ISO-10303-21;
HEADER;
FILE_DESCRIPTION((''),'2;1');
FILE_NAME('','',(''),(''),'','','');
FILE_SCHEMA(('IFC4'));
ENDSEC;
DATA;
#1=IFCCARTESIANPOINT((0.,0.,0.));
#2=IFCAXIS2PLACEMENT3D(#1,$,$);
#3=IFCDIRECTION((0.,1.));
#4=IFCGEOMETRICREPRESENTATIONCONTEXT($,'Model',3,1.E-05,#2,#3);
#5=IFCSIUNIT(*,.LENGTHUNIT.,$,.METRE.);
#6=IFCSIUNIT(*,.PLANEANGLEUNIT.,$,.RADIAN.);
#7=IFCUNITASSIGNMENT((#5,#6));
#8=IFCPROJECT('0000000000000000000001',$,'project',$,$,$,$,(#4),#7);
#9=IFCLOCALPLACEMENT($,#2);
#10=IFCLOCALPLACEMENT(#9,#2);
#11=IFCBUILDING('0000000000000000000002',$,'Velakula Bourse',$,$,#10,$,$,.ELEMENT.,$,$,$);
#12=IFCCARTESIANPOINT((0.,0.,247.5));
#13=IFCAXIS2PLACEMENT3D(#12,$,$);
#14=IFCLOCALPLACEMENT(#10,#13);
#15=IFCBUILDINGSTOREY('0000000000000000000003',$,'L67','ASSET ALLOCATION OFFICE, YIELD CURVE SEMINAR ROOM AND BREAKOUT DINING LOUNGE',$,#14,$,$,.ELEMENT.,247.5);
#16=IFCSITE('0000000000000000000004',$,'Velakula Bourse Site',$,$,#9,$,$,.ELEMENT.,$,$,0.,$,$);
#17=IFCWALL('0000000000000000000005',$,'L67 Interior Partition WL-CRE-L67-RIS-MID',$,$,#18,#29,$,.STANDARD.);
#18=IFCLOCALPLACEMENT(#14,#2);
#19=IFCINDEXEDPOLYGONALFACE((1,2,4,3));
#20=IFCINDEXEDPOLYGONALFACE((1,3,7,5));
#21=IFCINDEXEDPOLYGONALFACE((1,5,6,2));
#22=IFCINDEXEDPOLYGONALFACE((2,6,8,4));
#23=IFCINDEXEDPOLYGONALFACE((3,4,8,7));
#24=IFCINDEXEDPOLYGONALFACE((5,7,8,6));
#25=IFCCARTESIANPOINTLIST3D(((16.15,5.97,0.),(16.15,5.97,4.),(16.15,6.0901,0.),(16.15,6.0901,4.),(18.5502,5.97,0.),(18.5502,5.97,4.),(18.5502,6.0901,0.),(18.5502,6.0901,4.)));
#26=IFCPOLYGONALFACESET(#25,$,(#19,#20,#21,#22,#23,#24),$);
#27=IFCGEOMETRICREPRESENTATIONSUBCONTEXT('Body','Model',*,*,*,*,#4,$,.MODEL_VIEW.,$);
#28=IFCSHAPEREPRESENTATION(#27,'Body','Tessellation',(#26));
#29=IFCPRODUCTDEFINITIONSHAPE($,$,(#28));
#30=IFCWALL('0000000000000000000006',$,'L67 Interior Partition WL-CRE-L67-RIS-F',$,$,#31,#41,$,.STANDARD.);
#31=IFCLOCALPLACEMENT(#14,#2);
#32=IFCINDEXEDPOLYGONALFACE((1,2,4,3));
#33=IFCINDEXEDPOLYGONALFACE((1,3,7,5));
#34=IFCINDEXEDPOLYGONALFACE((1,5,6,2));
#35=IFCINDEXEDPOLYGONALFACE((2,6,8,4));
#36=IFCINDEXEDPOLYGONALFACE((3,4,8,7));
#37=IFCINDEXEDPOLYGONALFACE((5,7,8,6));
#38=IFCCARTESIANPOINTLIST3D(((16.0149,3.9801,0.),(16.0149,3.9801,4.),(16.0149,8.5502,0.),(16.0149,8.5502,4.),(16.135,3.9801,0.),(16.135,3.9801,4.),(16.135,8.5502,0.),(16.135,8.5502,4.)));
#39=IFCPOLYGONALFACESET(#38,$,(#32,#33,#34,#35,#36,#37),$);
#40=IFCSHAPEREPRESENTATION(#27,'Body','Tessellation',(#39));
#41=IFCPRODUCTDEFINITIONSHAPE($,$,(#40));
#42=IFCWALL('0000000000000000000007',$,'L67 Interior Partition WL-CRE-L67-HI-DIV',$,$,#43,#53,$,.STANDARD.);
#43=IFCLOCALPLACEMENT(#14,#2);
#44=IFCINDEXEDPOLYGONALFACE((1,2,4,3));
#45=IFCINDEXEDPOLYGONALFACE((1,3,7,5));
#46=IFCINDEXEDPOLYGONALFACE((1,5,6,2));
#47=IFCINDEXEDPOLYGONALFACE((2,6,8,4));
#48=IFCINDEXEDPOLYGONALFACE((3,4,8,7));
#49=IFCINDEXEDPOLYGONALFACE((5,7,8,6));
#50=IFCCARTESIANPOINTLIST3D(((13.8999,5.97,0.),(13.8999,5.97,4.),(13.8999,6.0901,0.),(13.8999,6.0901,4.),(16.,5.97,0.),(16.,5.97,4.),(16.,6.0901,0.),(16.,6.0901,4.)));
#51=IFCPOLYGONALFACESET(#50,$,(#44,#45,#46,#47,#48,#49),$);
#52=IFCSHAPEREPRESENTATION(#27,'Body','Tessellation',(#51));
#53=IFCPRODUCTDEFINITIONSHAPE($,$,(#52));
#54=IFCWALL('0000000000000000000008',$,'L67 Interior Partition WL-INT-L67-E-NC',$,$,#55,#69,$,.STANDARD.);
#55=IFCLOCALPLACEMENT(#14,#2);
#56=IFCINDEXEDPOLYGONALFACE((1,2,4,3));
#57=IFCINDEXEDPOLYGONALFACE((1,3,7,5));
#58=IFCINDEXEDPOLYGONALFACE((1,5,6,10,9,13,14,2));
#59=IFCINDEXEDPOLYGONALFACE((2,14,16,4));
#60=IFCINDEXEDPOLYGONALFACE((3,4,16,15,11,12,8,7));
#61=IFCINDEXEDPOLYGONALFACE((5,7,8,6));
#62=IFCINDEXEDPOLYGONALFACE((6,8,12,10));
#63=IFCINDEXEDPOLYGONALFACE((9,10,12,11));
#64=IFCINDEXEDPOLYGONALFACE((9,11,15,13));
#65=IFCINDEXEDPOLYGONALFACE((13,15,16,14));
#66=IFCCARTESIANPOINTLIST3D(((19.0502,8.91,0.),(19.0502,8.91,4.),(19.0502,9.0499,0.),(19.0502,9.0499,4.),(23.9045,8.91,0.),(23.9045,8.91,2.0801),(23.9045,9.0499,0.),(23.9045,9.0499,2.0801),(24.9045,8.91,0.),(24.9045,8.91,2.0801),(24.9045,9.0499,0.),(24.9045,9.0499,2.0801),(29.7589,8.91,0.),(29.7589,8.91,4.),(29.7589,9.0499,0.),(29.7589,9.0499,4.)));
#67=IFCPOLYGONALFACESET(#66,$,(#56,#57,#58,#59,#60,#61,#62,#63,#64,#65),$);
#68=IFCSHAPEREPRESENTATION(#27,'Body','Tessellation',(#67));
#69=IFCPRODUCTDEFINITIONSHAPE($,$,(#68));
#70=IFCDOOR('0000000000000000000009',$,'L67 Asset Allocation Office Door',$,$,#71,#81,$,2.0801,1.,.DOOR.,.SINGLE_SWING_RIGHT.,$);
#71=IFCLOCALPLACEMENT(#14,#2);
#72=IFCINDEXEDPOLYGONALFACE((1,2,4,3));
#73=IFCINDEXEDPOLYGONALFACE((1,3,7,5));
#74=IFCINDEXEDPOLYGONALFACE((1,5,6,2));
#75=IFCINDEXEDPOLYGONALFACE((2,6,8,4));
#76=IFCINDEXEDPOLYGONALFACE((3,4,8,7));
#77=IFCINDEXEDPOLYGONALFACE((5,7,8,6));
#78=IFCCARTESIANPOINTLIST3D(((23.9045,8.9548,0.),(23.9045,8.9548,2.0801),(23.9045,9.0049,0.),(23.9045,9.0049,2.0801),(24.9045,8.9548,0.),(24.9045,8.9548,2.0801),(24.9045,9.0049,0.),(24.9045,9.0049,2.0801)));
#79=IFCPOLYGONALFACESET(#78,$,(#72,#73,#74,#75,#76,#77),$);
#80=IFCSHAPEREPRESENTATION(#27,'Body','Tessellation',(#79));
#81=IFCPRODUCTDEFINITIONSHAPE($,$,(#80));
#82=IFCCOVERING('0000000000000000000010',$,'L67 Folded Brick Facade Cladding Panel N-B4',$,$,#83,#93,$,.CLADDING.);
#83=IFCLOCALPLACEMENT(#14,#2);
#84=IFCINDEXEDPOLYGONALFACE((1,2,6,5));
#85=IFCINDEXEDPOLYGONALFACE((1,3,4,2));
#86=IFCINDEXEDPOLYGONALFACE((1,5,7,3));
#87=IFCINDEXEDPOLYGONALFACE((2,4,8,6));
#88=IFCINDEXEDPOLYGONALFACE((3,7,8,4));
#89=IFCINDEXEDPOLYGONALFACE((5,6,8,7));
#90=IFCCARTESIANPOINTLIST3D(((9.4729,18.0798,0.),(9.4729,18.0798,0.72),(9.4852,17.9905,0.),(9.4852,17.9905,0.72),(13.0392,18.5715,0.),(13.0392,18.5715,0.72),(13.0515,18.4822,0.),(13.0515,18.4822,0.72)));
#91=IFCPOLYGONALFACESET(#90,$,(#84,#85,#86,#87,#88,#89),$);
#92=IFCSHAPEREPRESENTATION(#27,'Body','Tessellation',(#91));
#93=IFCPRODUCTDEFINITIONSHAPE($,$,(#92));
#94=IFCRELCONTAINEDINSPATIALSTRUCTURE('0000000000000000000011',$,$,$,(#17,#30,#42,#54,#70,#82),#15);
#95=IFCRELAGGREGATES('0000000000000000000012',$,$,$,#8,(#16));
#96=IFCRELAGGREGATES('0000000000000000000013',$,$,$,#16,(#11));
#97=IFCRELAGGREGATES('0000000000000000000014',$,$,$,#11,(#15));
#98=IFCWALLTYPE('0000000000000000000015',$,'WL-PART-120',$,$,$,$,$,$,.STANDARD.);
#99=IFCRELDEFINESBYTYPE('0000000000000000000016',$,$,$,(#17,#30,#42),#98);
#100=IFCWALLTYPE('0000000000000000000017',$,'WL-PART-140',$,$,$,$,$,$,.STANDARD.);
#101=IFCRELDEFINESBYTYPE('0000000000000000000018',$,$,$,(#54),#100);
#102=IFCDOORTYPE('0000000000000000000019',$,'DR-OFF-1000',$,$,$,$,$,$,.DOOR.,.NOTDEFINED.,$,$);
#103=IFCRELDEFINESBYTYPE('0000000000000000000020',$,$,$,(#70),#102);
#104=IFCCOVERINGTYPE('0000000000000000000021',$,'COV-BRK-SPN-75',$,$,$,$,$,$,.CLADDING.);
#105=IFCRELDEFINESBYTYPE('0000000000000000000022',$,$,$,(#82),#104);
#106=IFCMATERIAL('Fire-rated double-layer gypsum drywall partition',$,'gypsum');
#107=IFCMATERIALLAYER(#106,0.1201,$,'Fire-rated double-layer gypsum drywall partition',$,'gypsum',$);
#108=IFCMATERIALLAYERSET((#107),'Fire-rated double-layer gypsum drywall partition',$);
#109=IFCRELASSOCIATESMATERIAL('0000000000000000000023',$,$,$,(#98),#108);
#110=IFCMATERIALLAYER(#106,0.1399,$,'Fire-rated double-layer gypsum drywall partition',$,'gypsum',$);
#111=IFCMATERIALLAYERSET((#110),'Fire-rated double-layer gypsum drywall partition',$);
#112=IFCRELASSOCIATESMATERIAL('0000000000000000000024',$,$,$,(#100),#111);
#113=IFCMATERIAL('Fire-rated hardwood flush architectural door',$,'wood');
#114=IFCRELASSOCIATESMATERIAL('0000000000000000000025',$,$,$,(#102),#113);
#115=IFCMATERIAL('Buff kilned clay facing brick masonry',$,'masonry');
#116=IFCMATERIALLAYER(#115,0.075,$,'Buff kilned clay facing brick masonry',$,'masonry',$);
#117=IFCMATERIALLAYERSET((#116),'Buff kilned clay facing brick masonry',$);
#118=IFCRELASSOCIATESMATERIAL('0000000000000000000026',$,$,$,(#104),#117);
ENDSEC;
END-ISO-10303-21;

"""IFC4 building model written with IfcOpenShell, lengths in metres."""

from ifc_helpers import new_model, si_unit, direction, frame, frame_2d, origin, origin_2d, place, context, subcontext, project, spatial, rectangle, extrude, material, layer, layer_set, type_object, element, fill, save


model = new_model("IFC4")

# Units and contexts
model_context = context("Model", 3, precision=1e-05, world=origin(), true_north=direction((0.0, 1.0)))
body_context = subcontext(model_context, "Body", "Model", "MODEL_VIEW")
ifc_project = project(units=[si_unit("LENGTHUNIT", "METRE"), si_unit("PLANEANGLEUNIT", "RADIAN")], contexts=[model_context])

# Site, building, storey
site_placement = place(None, origin())
site = spatial("IfcSite", under=ifc_project, at=site_placement, Name="Velakula Bourse Site", CompositionType="ELEMENT", RefElevation=0.0)
building_placement = place(site_placement, origin())
building = spatial("IfcBuilding", under=site, at=building_placement, Name="Velakula Bourse", CompositionType="ELEMENT")
storey_placement = place(building_placement, frame((0.0, 0.0, 247.5)))
storey = spatial("IfcBuildingStorey", under=building, at=storey_placement, Name="L67", Description="ASSET ALLOCATION OFFICE, YIELD CURVE SEMINAR ROOM AND BREAKOUT DINING LOUNGE", CompositionType="ELEMENT", Elevation=247.5)

# Shared definitions
ifc_material_1 = material(Name="Buff kilned clay facing brick masonry", Category="masonry")

# Shared definitions
ifc_material_2 = material(Name="Fire-rated double-layer gypsum drywall partition", Category="gypsum")
ifc_layer_1 = layer(ifc_material_2, 0.1201, Name="Fire-rated double-layer gypsum drywall partition", Category="gypsum")
ifc_layer_set_1 = layer_set([ifc_layer_1], Name="Fire-rated double-layer gypsum drywall partition")
wall_type_1 = type_object("IfcWallType", Name="WL-PART-120", PredefinedType="STANDARD", material=ifc_layer_set_1)
ifc_material_3 = material(Name="Fire-rated hardwood flush architectural door", Category="wood")

# Walls
wall_1_placement = place(storey_placement, frame((16.1499, 6.03, 0.0), z_axis=(0.0, 0.0, 1.0), x_axis=(1.0, 0.0, 0.0)))
element("IfcWall", 1, at=wall_1_placement, inside=storey, type_object=wall_type_1, Name="L67 Interior Partition WL-CRE-L67-RIS-MID", PredefinedType="STANDARD", context=body_context, shape_type="SweptSolid", body=[
    extrude(rectangle(XDim=2.4001, YDim=0.1201, at=frame_2d((1.2002, 0.0))), origin(), (0.0, 0.0, 1.0), 4.0),
])
wall_2_placement = place(storey_placement, frame((16.075, 3.98, 0.0), z_axis=(0.0, 0.0, 1.0), x_axis=(0.0, 1.0, 0.0)))
element("IfcWall", 2, at=wall_2_placement, inside=storey, type_object=wall_type_1, Name="L67 Interior Partition WL-CRE-L67-RIS-F", PredefinedType="STANDARD", context=body_context, shape_type="SweptSolid", body=[
    extrude(rectangle(XDim=4.5701, YDim=0.1201, at=frame_2d((2.2852, 0.0))), origin(), (0.0, 0.0, 1.0), 4.0),
])
wall_3_placement = place(storey_placement, frame((13.8999, 6.03, 0.0), z_axis=(0.0, 0.0, 1.0), x_axis=(1.0, 0.0, 0.0)))
element("IfcWall", 3, at=wall_3_placement, inside=storey, type_object=wall_type_1, Name="L67 Interior Partition WL-CRE-L67-HI-DIV", PredefinedType="STANDARD", context=body_context, shape_type="SweptSolid", body=[
    extrude(rectangle(XDim=2.1001, YDim=0.1201, at=frame_2d((1.05, 0.0))), origin(), (0.0, 0.0, 1.0), 4.0),
])

# Wall, opening, door
ifc_layer_2 = layer(ifc_material_2, 0.1399, Name="Fire-rated double-layer gypsum drywall partition", Category="gypsum")
ifc_layer_set_2 = layer_set([ifc_layer_2], Name="Fire-rated double-layer gypsum drywall partition")
wall_type_2 = type_object("IfcWallType", Name="WL-PART-140", PredefinedType="STANDARD", material=ifc_layer_set_2)
wall_4_placement = place(storey_placement, frame((19.05, 8.98, 0.0), z_axis=(0.0, 0.0, 1.0), x_axis=(1.0, 0.0, 0.0)))
wall_4 = element("IfcWall", 4, at=wall_4_placement, inside=storey, type_object=wall_type_2, Name="L67 Interior Partition WL-INT-L67-E-NC", PredefinedType="STANDARD", context=body_context, shape_type="SweptSolid", body=[
    extrude(rectangle(XDim=10.7087, YDim=0.1399, at=frame_2d((5.3545, 0.0))), origin(), (0.0, 0.0, 1.0), 4.0),
])
opening_1_placement = place(wall_4_placement, frame((4.8545, 0.0, 0.0)))
opening_1 = element("IfcOpeningElement", 5, at=opening_1_placement, cuts=wall_4, PredefinedType="OPENING", context=body_context, shape_type="SweptSolid", body=[
    extrude(rectangle(XDim=1.0, YDim=2.0801, at=frame_2d((0.5, 1.04))), frame((0.0, 0.0798, 0.0), z_axis=(0.0, -1.0, 0.0), x_axis=(1.0, 0.0, 0.0)), (0.0, 0.0, 1.0), 0.1599),
])
door_type_1 = type_object("IfcDoorType", Name="DR-OFF-1000", OperationType="NOTDEFINED", PredefinedType="DOOR", material=ifc_material_3)
door_1_placement = place(opening_1_placement, origin())
door_1 = element("IfcDoor", 6, at=door_1_placement, inside=storey, type_object=door_type_1, Name="L67 Asset Allocation Office Door", OperationType="SINGLE_SWING_RIGHT", OverallHeight=2.0801, OverallWidth=1.0, PredefinedType="DOOR", context=body_context, shape_type="SweptSolid", body=[
    extrude(rectangle(XDim=1.0, YDim=2.0801, at=frame_2d((0.5, 1.04))), frame((0.0, 0.0249, 0.0), z_axis=(0.0, -1.0, 0.0), x_axis=(1.0, 0.0, 0.0)), (0.0, 0.0, 1.0), 0.05),
])
fill(opening_1, door_1)

# Covering
ifc_layer_3 = layer(ifc_material_1, 0.075, Name="Buff kilned clay facing brick masonry", Category="masonry")
ifc_layer_set_3 = layer_set([ifc_layer_3], Name="Buff kilned clay facing brick masonry")
covering_type = type_object("IfcCoveringType", Name="COV-BRK-SPN-75", PredefinedType="CLADDING", material=ifc_layer_set_3)
covering_placement = place(storey_placement, frame((11.2622, 18.281, 0.0), z_axis=(0.0, 0.0, 1.0), x_axis=(0.990629, 0.13658, 0.0)))
element("IfcCovering", 7, at=covering_placement, inside=storey, type_object=covering_type, Name="L67 Folded Brick Facade Cladding Panel N-B4", PredefinedType="CLADDING", context=body_context, shape_type="SweptSolid", body=[
    extrude(rectangle(XDim=3.6001, YDim=0.0901, at=origin_2d()), origin(), (0.0, 0.0, 1.0), 0.72),
])

save(model, "model.ifc")
